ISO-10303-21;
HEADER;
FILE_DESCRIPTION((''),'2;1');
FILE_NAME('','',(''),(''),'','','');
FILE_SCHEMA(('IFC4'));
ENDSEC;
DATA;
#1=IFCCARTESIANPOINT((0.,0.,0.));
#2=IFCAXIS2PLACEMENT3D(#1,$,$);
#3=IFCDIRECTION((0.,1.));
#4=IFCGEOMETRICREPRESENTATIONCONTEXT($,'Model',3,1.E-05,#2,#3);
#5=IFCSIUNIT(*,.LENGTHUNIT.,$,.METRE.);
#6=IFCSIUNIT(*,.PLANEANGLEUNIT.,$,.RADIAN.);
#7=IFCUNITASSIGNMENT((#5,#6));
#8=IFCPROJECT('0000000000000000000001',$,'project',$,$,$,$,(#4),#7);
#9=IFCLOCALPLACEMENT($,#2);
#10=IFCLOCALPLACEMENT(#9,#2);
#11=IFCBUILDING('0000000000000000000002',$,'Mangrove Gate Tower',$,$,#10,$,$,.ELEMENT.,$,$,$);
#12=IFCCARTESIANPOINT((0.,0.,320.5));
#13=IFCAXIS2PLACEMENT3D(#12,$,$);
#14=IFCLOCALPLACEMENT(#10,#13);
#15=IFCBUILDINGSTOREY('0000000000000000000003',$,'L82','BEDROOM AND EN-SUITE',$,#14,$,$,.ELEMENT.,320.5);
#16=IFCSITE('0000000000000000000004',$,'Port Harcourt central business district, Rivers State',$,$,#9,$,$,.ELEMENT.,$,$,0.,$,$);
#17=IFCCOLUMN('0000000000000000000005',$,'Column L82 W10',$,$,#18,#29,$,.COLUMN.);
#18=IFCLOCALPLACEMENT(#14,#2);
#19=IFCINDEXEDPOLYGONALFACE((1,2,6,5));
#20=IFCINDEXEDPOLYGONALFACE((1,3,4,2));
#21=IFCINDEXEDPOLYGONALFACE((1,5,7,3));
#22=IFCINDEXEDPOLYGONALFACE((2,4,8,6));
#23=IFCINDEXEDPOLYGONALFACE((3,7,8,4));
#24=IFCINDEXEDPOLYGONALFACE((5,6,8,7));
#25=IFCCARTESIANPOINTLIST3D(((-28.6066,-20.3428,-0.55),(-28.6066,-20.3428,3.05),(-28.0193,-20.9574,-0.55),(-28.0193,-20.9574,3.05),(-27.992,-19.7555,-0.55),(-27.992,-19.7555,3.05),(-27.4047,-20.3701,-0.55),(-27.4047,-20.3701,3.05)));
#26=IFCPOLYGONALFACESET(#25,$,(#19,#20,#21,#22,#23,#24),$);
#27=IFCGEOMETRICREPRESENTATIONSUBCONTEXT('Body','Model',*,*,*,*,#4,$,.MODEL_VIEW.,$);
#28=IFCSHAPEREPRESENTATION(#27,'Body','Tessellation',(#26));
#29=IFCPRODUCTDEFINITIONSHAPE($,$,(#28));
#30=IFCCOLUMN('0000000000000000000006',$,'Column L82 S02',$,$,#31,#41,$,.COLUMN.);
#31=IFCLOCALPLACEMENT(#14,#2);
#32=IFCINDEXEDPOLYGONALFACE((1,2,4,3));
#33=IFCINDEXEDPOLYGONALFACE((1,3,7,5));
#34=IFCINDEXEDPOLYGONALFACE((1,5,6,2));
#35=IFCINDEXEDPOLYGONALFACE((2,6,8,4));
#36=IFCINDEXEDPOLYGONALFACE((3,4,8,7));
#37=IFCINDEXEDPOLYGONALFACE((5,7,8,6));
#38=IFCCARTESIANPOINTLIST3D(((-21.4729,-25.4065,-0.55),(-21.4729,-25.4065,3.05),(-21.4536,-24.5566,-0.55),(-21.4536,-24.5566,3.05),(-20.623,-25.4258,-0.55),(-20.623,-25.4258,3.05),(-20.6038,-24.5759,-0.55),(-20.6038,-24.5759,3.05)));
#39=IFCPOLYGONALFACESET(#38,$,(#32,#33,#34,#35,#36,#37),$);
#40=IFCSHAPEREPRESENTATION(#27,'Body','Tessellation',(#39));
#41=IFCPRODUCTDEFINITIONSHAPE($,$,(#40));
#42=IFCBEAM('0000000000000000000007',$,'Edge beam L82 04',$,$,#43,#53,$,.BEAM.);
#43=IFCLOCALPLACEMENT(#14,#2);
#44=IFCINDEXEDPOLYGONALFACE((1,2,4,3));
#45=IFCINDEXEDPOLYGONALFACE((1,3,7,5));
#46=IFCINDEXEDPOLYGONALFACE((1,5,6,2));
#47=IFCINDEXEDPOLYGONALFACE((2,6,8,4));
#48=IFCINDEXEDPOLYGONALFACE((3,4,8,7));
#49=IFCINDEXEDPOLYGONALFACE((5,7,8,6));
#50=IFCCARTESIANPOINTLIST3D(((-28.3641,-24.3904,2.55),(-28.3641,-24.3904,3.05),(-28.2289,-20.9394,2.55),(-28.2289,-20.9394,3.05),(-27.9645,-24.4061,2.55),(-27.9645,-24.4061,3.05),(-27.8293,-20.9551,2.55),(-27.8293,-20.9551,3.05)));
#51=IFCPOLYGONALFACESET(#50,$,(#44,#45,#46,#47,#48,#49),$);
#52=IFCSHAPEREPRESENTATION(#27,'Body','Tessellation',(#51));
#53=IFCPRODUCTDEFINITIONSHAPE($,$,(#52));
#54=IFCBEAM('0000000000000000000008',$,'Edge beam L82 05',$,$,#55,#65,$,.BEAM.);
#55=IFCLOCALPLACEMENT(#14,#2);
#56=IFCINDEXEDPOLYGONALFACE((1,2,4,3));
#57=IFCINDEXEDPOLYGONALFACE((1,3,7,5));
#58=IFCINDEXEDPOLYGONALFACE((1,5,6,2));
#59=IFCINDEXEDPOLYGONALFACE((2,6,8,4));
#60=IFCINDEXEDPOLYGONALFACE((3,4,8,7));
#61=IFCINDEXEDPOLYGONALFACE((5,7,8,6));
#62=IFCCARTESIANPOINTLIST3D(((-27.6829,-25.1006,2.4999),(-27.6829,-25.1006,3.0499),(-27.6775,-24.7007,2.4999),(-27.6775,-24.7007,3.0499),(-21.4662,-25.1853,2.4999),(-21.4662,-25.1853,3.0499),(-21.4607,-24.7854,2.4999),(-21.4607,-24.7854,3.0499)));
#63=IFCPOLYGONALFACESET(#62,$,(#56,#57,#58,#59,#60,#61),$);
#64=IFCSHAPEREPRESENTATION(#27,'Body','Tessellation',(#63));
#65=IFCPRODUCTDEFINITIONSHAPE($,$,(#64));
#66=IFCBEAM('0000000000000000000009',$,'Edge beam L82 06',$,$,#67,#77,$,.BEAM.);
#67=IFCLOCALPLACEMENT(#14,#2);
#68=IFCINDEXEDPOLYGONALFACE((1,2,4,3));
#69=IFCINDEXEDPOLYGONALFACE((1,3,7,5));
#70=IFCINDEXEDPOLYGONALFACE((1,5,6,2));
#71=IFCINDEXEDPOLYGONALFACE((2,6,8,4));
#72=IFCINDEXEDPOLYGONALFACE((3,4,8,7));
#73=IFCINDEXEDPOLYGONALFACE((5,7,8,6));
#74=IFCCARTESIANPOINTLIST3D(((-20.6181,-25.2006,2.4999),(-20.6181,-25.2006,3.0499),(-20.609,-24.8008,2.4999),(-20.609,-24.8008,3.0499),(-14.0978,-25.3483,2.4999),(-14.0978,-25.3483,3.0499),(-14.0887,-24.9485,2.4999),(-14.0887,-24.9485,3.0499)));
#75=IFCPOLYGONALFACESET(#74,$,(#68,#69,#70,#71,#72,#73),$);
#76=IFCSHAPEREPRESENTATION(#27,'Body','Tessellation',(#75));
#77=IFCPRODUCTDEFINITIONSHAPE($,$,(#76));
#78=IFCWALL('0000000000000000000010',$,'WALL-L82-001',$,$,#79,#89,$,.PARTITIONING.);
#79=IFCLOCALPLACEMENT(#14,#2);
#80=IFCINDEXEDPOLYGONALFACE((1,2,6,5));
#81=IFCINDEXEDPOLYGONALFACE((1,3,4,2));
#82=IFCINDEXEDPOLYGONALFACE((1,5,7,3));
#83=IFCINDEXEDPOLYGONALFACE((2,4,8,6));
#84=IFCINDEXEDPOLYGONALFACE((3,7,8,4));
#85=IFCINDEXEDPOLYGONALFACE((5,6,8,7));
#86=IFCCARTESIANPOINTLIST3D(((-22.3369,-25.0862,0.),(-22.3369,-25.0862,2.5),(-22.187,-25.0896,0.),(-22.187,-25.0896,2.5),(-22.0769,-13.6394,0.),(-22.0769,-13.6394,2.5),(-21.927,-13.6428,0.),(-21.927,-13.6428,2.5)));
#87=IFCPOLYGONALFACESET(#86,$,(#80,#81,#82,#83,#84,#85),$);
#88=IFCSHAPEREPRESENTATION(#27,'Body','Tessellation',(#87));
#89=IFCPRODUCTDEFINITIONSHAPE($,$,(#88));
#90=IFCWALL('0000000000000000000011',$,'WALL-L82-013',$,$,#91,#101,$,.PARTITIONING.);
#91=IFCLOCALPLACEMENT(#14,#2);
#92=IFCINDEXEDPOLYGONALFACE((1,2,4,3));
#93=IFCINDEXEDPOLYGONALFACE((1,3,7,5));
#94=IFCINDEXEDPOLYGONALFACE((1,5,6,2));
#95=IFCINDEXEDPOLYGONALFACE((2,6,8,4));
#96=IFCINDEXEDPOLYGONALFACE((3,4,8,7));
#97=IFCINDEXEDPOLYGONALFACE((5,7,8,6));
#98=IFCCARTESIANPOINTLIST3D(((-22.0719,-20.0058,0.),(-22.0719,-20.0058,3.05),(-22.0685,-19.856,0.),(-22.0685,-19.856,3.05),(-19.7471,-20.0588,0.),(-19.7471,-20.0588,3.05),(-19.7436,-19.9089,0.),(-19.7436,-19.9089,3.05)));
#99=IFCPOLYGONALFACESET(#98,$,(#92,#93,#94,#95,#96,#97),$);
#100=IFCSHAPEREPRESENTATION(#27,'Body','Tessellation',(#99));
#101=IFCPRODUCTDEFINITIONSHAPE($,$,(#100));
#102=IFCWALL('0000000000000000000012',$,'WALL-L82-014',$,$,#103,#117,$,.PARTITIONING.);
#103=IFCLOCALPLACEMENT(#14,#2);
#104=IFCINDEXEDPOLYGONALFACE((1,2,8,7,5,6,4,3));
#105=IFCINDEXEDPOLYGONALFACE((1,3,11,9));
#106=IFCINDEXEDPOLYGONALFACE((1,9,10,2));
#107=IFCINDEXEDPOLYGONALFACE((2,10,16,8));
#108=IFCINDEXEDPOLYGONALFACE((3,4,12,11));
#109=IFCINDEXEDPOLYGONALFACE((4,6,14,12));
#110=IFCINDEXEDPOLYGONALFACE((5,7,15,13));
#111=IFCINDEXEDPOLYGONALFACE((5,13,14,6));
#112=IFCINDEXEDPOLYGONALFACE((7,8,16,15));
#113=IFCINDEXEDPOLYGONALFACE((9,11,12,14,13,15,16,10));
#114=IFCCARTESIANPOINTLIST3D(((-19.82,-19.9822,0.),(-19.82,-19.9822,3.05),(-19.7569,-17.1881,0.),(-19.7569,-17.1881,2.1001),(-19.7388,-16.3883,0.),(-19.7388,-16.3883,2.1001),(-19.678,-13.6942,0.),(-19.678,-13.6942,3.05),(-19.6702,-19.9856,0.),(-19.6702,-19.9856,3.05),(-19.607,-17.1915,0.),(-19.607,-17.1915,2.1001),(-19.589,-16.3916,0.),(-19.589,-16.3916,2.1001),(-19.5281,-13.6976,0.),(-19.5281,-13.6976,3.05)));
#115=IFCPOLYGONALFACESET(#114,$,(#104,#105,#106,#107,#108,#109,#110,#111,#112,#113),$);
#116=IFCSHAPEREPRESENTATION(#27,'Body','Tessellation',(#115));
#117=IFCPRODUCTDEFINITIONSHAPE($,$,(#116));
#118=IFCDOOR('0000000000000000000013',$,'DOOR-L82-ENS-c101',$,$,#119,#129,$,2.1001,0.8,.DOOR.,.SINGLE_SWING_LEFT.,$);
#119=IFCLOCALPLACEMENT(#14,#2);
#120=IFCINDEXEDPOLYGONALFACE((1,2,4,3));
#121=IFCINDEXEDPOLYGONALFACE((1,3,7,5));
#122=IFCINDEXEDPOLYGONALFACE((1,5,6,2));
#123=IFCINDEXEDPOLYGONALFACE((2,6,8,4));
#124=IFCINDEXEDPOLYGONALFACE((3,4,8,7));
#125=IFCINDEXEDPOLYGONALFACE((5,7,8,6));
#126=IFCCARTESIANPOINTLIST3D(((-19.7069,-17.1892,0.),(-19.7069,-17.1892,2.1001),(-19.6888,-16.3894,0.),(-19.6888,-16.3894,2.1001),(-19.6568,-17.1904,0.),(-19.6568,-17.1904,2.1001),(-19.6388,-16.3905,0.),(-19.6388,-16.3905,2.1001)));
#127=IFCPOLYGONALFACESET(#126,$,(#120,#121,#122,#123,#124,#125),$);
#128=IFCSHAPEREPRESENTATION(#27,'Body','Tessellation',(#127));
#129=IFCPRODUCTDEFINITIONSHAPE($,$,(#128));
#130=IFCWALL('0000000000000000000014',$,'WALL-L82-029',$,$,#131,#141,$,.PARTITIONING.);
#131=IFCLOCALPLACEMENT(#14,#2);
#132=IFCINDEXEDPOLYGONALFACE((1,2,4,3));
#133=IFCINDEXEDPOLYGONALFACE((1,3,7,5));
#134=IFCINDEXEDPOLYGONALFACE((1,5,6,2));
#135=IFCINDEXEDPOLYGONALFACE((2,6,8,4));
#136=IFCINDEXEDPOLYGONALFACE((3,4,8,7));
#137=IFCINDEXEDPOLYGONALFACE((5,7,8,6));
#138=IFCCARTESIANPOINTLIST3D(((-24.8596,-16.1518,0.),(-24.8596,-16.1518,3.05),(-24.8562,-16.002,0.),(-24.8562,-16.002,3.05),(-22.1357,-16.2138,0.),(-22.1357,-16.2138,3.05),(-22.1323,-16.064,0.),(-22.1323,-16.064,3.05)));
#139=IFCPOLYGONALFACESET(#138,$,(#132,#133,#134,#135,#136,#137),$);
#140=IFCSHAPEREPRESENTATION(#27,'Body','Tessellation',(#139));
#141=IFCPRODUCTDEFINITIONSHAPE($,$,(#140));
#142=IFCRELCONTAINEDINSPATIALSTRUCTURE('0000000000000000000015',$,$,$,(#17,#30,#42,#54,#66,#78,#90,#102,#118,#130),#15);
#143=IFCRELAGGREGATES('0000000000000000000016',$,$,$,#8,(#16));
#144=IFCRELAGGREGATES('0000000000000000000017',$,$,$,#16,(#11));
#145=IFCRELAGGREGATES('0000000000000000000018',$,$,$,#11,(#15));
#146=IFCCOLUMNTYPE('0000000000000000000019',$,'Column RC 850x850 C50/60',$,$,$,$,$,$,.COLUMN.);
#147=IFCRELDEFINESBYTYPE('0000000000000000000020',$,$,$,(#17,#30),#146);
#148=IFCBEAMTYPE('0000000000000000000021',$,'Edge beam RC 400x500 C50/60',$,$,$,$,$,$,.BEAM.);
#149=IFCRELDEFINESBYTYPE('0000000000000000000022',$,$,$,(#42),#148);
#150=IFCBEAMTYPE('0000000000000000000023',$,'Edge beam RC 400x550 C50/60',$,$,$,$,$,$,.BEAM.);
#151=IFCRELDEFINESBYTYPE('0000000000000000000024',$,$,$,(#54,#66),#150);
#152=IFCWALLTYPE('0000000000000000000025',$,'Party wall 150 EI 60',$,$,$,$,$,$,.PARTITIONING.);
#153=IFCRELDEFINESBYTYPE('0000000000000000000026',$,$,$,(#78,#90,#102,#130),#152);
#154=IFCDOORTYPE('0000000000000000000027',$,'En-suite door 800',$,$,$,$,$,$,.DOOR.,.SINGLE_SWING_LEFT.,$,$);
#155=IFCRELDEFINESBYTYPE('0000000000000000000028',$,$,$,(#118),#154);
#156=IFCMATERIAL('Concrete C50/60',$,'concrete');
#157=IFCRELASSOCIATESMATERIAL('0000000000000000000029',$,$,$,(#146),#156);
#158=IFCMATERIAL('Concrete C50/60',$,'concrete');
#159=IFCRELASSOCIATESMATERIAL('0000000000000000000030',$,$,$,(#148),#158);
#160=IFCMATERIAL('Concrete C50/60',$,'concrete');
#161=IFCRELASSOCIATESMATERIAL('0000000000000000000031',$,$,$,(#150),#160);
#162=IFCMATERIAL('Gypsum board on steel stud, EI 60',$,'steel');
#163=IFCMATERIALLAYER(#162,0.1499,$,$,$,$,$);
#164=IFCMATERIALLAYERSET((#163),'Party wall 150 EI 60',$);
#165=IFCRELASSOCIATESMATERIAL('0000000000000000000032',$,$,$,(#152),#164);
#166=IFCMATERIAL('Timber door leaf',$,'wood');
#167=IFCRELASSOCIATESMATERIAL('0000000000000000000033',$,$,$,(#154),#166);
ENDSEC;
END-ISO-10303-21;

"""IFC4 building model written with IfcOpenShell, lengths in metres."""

from ifc_helpers import new_model, si_unit, direction, frame, frame_2d, origin, origin_2d, place, context, subcontext, project, spatial, rectangle, extrude, material, layer, layer_set, material_profile, profile_set, type_object, element, fill, save


model = new_model("IFC4")

# Units and contexts
model_context = context("Model", 3, precision=1e-05, world=origin(), true_north=direction((0.0, 1.0)))
body_context = subcontext(model_context, "Body", "Model", "MODEL_VIEW")
ifc_project = project(units=[si_unit("LENGTHUNIT", "METRE"), si_unit("PLANEANGLEUNIT", "RADIAN")], contexts=[model_context])

# Site, building, storey
site_placement = place(None, origin())
site = spatial("IfcSite", under=ifc_project, at=site_placement, Name="Port Harcourt central business district, Rivers State", CompositionType="ELEMENT", RefElevation=0.0)
building_placement = place(site_placement, origin())
building = spatial("IfcBuilding", under=site, at=building_placement, Name="Mangrove Gate Tower", CompositionType="ELEMENT")
storey_placement = place(building_placement, frame((0.0, 0.0, 320.5)))
storey = spatial("IfcBuildingStorey", under=building, at=storey_placement, Name="L82", Description="BEDROOM AND EN-SUITE", CompositionType="ELEMENT", Elevation=320.5)

# Columns
ifc_material_1 = material(Name="Concrete C50/60", Category="concrete")
ifc_material_profile_1 = material_profile(ifc_material_1, rectangle(XDim=0.8501, YDim=0.8501, at=origin_2d()))
ifc_profile_set_1 = profile_set([ifc_material_profile_1], Name="Concrete C50/60")
column_type = type_object("IfcColumnType", Name="Column RC 850x850 C50/60", PredefinedType="COLUMN", material=ifc_profile_set_1)
for number, where, z_axis, x_axis, name in (
    (1, (-28.0056, -20.3564, -0.55), (0.0, 0.0, 1.0), (0.690863, -0.722986, 0.0), "Column L82 W10"),
    (2, (-21.0383, -24.9912, -0.55), (0.0, 0.0, 1.0), (0.999743, -0.022655, 0.0), "Column L82 S02"),
):
    element("IfcColumn", number, at=place(storey_placement, frame(where, z_axis=z_axis, x_axis=x_axis)), inside=storey, type_object=column_type, Name=name, PredefinedType="COLUMN", context=body_context, shape_type="SweptSolid", body=[
        extrude(rectangle(XDim=0.8501, YDim=0.8501, at=origin_2d()), origin(), (0.0, 0.0, 1.0), 3.6001),
    ])

# Beams
ifc_material_2 = material(Name="Concrete C50/60", Category="concrete")
ifc_material_profile_2 = material_profile(ifc_material_2, rectangle(XDim=0.3999, YDim=0.5, at=origin_2d()))
ifc_profile_set_2 = profile_set([ifc_material_profile_2], Name="Concrete C50/60")
beam_type_1 = type_object("IfcBeamType", Name="Edge beam RC 400x500 C50/60", PredefinedType="BEAM", material=ifc_profile_set_2)
beam_1_placement = place(storey_placement, frame((-28.0291, -20.9473, 2.8), z_axis=(-0.039163, -0.999233, 0.0), x_axis=(0.999233, -0.039163, 0.0)))
element("IfcBeam", 3, at=beam_1_placement, inside=storey, type_object=beam_type_1, Name="Edge beam L82 04", PredefinedType="BEAM", context=body_context, shape_type="SweptSolid", body=[
    extrude(rectangle(XDim=0.3999, YDim=0.5, at=origin_2d()), origin(), (0.0, 0.0, 1.0), 3.4536),
])
ifc_material_3 = material(Name="Concrete C50/60", Category="concrete")
ifc_material_profile_3 = material_profile(ifc_material_3, rectangle(XDim=0.3999, YDim=0.55, at=origin_2d()))
ifc_profile_set_3 = profile_set([ifc_material_profile_3], Name="Concrete C50/60")
beam_type_2 = type_object("IfcBeamType", Name="Edge beam RC 400x550 C50/60", PredefinedType="BEAM", material=ifc_profile_set_3)
beam_2_placement = place(storey_placement, frame((-27.6802, -24.9006, 2.7749), z_axis=(0.999907, -0.013626, 0.0), x_axis=(0.013626, 0.999907, 0.0)))
element("IfcBeam", 4, at=beam_2_placement, inside=storey, type_object=beam_type_2, Name="Edge beam L82 05", PredefinedType="BEAM", context=body_context, shape_type="SweptSolid", body=[
    extrude(rectangle(XDim=0.3999, YDim=0.55, at=origin_2d()), origin(), (0.0, 0.0, 1.0), 6.2173),
])
beam_3_placement = place(storey_placement, frame((-20.6135, -25.0007, 2.7749), z_axis=(0.999744, -0.022647, 0.0), x_axis=(0.022647, 0.999744, 0.0)))
element("IfcBeam", 5, at=beam_3_placement, inside=storey, type_object=beam_type_2, Name="Edge beam L82 06", PredefinedType="BEAM", context=body_context, shape_type="SweptSolid", body=[
    extrude(rectangle(XDim=0.3999, YDim=0.55, at=origin_2d()), origin(), (0.0, 0.0, 1.0), 6.522),
])

# Walls
ifc_material_4 = material(Name="Gypsum board on steel stud, EI 60", Category="steel")
ifc_layer = layer(ifc_material_4, 0.1499)
ifc_layer_set = layer_set([ifc_layer], Name="Party wall 150 EI 60")
wall_type = type_object("IfcWallType", Name="Party wall 150 EI 60", PredefinedType="PARTITIONING", material=ifc_layer_set)
wall_1_placement = place(storey_placement, frame((-22.262, -25.0879, 0.0), z_axis=(0.0, 0.0, 1.0), x_axis=(0.022709, 0.999742, 0.0)))
element("IfcWall", 6, at=wall_1_placement, inside=storey, type_object=wall_type, Name="WALL-L82-001", PredefinedType="PARTITIONING", context=body_context, shape_type="SweptSolid", body=[
    extrude(rectangle(XDim=11.4497, YDim=0.1499, at=frame_2d((5.7249, 0.0))), origin(), (0.0, 0.0, 1.0), 2.5),
])
wall_2_placement = place(storey_placement, frame((-22.0701, -19.9309, 0.0), z_axis=(0.0, 0.0, 1.0), x_axis=(0.99974, -0.022781, 0.0)))
element("IfcWall", 7, at=wall_2_placement, inside=storey, type_object=wall_type, Name="WALL-L82-013", PredefinedType="PARTITIONING", context=body_context, shape_type="SweptSolid", body=[
    extrude(rectangle(XDim=2.3254, YDim=0.1499, at=frame_2d((1.1626, 0.0))), origin(), (0.0, 0.0, 1.0), 3.05),
])

# Wall, opening, door
wall_3_placement = place(storey_placement, frame((-19.7451, -19.9839, 0.0), z_axis=(0.0, 0.0, 1.0), x_axis=(0.022592, 0.999745, 0.0)))
wall_3 = element("IfcWall", 8, at=wall_3_placement, inside=storey, type_object=wall_type, Name="WALL-L82-014", PredefinedType="PARTITIONING", context=body_context, shape_type="SweptSolid", body=[
    extrude(rectangle(XDim=6.2896, YDim=0.1499, at=frame_2d((3.1448, 0.0))), origin(), (0.0, 0.0, 1.0), 3.05),
])
opening_placement = place(wall_3_placement, frame((2.7949, 0.0, 0.0)))
opening = element("IfcOpeningElement", 9, at=opening_placement, cuts=wall_3, PredefinedType="OPENING", context=body_context, shape_type="SweptSolid", body=[
    extrude(rectangle(XDim=0.8, YDim=2.1001, at=frame_2d((0.3999, 1.05))), frame((0.0, 0.085, 0.0), z_axis=(0.0, -1.0, 0.0), x_axis=(1.0, 0.0, 0.0)), (0.0, 0.0, 1.0), 0.1699),
])
ifc_material_5 = material(Name="Timber door leaf", Category="wood")
door_type = type_object("IfcDoorType", Name="En-suite door 800", OperationType="SINGLE_SWING_LEFT", PredefinedType="DOOR", material=ifc_material_5)
door_placement = place(opening_placement, origin())
door = element("IfcDoor", 10, at=door_placement, inside=storey, type_object=door_type, Name="DOOR-L82-ENS-c101", OperationType="SINGLE_SWING_LEFT", OverallHeight=2.1001, OverallWidth=0.8, PredefinedType="DOOR", context=body_context, shape_type="SweptSolid", body=[
    extrude(rectangle(XDim=0.8, YDim=2.1001, at=frame_2d((0.3999, 1.05))), frame((0.0, 0.0249, 0.0), z_axis=(0.0, -1.0, 0.0), x_axis=(1.0, 0.0, 0.0)), (0.0, 0.0, 1.0), 0.05),
])
fill(opening, door)

# Wall
wall_4_placement = place(storey_placement, frame((-24.8579, -16.0769, 0.0), z_axis=(0.0, 0.0, 1.0), x_axis=(0.999741, -0.02276, 0.0)))
element("IfcWall", 11, at=wall_4_placement, inside=storey, type_object=wall_type, Name="WALL-L82-029", PredefinedType="PARTITIONING", context=body_context, shape_type="SweptSolid", body=[
    extrude(rectangle(XDim=2.7246, YDim=0.1499, at=frame_2d((1.3623, 0.0))), origin(), (0.0, 0.0, 1.0), 3.05),
])

save(model, "model.ifc")
